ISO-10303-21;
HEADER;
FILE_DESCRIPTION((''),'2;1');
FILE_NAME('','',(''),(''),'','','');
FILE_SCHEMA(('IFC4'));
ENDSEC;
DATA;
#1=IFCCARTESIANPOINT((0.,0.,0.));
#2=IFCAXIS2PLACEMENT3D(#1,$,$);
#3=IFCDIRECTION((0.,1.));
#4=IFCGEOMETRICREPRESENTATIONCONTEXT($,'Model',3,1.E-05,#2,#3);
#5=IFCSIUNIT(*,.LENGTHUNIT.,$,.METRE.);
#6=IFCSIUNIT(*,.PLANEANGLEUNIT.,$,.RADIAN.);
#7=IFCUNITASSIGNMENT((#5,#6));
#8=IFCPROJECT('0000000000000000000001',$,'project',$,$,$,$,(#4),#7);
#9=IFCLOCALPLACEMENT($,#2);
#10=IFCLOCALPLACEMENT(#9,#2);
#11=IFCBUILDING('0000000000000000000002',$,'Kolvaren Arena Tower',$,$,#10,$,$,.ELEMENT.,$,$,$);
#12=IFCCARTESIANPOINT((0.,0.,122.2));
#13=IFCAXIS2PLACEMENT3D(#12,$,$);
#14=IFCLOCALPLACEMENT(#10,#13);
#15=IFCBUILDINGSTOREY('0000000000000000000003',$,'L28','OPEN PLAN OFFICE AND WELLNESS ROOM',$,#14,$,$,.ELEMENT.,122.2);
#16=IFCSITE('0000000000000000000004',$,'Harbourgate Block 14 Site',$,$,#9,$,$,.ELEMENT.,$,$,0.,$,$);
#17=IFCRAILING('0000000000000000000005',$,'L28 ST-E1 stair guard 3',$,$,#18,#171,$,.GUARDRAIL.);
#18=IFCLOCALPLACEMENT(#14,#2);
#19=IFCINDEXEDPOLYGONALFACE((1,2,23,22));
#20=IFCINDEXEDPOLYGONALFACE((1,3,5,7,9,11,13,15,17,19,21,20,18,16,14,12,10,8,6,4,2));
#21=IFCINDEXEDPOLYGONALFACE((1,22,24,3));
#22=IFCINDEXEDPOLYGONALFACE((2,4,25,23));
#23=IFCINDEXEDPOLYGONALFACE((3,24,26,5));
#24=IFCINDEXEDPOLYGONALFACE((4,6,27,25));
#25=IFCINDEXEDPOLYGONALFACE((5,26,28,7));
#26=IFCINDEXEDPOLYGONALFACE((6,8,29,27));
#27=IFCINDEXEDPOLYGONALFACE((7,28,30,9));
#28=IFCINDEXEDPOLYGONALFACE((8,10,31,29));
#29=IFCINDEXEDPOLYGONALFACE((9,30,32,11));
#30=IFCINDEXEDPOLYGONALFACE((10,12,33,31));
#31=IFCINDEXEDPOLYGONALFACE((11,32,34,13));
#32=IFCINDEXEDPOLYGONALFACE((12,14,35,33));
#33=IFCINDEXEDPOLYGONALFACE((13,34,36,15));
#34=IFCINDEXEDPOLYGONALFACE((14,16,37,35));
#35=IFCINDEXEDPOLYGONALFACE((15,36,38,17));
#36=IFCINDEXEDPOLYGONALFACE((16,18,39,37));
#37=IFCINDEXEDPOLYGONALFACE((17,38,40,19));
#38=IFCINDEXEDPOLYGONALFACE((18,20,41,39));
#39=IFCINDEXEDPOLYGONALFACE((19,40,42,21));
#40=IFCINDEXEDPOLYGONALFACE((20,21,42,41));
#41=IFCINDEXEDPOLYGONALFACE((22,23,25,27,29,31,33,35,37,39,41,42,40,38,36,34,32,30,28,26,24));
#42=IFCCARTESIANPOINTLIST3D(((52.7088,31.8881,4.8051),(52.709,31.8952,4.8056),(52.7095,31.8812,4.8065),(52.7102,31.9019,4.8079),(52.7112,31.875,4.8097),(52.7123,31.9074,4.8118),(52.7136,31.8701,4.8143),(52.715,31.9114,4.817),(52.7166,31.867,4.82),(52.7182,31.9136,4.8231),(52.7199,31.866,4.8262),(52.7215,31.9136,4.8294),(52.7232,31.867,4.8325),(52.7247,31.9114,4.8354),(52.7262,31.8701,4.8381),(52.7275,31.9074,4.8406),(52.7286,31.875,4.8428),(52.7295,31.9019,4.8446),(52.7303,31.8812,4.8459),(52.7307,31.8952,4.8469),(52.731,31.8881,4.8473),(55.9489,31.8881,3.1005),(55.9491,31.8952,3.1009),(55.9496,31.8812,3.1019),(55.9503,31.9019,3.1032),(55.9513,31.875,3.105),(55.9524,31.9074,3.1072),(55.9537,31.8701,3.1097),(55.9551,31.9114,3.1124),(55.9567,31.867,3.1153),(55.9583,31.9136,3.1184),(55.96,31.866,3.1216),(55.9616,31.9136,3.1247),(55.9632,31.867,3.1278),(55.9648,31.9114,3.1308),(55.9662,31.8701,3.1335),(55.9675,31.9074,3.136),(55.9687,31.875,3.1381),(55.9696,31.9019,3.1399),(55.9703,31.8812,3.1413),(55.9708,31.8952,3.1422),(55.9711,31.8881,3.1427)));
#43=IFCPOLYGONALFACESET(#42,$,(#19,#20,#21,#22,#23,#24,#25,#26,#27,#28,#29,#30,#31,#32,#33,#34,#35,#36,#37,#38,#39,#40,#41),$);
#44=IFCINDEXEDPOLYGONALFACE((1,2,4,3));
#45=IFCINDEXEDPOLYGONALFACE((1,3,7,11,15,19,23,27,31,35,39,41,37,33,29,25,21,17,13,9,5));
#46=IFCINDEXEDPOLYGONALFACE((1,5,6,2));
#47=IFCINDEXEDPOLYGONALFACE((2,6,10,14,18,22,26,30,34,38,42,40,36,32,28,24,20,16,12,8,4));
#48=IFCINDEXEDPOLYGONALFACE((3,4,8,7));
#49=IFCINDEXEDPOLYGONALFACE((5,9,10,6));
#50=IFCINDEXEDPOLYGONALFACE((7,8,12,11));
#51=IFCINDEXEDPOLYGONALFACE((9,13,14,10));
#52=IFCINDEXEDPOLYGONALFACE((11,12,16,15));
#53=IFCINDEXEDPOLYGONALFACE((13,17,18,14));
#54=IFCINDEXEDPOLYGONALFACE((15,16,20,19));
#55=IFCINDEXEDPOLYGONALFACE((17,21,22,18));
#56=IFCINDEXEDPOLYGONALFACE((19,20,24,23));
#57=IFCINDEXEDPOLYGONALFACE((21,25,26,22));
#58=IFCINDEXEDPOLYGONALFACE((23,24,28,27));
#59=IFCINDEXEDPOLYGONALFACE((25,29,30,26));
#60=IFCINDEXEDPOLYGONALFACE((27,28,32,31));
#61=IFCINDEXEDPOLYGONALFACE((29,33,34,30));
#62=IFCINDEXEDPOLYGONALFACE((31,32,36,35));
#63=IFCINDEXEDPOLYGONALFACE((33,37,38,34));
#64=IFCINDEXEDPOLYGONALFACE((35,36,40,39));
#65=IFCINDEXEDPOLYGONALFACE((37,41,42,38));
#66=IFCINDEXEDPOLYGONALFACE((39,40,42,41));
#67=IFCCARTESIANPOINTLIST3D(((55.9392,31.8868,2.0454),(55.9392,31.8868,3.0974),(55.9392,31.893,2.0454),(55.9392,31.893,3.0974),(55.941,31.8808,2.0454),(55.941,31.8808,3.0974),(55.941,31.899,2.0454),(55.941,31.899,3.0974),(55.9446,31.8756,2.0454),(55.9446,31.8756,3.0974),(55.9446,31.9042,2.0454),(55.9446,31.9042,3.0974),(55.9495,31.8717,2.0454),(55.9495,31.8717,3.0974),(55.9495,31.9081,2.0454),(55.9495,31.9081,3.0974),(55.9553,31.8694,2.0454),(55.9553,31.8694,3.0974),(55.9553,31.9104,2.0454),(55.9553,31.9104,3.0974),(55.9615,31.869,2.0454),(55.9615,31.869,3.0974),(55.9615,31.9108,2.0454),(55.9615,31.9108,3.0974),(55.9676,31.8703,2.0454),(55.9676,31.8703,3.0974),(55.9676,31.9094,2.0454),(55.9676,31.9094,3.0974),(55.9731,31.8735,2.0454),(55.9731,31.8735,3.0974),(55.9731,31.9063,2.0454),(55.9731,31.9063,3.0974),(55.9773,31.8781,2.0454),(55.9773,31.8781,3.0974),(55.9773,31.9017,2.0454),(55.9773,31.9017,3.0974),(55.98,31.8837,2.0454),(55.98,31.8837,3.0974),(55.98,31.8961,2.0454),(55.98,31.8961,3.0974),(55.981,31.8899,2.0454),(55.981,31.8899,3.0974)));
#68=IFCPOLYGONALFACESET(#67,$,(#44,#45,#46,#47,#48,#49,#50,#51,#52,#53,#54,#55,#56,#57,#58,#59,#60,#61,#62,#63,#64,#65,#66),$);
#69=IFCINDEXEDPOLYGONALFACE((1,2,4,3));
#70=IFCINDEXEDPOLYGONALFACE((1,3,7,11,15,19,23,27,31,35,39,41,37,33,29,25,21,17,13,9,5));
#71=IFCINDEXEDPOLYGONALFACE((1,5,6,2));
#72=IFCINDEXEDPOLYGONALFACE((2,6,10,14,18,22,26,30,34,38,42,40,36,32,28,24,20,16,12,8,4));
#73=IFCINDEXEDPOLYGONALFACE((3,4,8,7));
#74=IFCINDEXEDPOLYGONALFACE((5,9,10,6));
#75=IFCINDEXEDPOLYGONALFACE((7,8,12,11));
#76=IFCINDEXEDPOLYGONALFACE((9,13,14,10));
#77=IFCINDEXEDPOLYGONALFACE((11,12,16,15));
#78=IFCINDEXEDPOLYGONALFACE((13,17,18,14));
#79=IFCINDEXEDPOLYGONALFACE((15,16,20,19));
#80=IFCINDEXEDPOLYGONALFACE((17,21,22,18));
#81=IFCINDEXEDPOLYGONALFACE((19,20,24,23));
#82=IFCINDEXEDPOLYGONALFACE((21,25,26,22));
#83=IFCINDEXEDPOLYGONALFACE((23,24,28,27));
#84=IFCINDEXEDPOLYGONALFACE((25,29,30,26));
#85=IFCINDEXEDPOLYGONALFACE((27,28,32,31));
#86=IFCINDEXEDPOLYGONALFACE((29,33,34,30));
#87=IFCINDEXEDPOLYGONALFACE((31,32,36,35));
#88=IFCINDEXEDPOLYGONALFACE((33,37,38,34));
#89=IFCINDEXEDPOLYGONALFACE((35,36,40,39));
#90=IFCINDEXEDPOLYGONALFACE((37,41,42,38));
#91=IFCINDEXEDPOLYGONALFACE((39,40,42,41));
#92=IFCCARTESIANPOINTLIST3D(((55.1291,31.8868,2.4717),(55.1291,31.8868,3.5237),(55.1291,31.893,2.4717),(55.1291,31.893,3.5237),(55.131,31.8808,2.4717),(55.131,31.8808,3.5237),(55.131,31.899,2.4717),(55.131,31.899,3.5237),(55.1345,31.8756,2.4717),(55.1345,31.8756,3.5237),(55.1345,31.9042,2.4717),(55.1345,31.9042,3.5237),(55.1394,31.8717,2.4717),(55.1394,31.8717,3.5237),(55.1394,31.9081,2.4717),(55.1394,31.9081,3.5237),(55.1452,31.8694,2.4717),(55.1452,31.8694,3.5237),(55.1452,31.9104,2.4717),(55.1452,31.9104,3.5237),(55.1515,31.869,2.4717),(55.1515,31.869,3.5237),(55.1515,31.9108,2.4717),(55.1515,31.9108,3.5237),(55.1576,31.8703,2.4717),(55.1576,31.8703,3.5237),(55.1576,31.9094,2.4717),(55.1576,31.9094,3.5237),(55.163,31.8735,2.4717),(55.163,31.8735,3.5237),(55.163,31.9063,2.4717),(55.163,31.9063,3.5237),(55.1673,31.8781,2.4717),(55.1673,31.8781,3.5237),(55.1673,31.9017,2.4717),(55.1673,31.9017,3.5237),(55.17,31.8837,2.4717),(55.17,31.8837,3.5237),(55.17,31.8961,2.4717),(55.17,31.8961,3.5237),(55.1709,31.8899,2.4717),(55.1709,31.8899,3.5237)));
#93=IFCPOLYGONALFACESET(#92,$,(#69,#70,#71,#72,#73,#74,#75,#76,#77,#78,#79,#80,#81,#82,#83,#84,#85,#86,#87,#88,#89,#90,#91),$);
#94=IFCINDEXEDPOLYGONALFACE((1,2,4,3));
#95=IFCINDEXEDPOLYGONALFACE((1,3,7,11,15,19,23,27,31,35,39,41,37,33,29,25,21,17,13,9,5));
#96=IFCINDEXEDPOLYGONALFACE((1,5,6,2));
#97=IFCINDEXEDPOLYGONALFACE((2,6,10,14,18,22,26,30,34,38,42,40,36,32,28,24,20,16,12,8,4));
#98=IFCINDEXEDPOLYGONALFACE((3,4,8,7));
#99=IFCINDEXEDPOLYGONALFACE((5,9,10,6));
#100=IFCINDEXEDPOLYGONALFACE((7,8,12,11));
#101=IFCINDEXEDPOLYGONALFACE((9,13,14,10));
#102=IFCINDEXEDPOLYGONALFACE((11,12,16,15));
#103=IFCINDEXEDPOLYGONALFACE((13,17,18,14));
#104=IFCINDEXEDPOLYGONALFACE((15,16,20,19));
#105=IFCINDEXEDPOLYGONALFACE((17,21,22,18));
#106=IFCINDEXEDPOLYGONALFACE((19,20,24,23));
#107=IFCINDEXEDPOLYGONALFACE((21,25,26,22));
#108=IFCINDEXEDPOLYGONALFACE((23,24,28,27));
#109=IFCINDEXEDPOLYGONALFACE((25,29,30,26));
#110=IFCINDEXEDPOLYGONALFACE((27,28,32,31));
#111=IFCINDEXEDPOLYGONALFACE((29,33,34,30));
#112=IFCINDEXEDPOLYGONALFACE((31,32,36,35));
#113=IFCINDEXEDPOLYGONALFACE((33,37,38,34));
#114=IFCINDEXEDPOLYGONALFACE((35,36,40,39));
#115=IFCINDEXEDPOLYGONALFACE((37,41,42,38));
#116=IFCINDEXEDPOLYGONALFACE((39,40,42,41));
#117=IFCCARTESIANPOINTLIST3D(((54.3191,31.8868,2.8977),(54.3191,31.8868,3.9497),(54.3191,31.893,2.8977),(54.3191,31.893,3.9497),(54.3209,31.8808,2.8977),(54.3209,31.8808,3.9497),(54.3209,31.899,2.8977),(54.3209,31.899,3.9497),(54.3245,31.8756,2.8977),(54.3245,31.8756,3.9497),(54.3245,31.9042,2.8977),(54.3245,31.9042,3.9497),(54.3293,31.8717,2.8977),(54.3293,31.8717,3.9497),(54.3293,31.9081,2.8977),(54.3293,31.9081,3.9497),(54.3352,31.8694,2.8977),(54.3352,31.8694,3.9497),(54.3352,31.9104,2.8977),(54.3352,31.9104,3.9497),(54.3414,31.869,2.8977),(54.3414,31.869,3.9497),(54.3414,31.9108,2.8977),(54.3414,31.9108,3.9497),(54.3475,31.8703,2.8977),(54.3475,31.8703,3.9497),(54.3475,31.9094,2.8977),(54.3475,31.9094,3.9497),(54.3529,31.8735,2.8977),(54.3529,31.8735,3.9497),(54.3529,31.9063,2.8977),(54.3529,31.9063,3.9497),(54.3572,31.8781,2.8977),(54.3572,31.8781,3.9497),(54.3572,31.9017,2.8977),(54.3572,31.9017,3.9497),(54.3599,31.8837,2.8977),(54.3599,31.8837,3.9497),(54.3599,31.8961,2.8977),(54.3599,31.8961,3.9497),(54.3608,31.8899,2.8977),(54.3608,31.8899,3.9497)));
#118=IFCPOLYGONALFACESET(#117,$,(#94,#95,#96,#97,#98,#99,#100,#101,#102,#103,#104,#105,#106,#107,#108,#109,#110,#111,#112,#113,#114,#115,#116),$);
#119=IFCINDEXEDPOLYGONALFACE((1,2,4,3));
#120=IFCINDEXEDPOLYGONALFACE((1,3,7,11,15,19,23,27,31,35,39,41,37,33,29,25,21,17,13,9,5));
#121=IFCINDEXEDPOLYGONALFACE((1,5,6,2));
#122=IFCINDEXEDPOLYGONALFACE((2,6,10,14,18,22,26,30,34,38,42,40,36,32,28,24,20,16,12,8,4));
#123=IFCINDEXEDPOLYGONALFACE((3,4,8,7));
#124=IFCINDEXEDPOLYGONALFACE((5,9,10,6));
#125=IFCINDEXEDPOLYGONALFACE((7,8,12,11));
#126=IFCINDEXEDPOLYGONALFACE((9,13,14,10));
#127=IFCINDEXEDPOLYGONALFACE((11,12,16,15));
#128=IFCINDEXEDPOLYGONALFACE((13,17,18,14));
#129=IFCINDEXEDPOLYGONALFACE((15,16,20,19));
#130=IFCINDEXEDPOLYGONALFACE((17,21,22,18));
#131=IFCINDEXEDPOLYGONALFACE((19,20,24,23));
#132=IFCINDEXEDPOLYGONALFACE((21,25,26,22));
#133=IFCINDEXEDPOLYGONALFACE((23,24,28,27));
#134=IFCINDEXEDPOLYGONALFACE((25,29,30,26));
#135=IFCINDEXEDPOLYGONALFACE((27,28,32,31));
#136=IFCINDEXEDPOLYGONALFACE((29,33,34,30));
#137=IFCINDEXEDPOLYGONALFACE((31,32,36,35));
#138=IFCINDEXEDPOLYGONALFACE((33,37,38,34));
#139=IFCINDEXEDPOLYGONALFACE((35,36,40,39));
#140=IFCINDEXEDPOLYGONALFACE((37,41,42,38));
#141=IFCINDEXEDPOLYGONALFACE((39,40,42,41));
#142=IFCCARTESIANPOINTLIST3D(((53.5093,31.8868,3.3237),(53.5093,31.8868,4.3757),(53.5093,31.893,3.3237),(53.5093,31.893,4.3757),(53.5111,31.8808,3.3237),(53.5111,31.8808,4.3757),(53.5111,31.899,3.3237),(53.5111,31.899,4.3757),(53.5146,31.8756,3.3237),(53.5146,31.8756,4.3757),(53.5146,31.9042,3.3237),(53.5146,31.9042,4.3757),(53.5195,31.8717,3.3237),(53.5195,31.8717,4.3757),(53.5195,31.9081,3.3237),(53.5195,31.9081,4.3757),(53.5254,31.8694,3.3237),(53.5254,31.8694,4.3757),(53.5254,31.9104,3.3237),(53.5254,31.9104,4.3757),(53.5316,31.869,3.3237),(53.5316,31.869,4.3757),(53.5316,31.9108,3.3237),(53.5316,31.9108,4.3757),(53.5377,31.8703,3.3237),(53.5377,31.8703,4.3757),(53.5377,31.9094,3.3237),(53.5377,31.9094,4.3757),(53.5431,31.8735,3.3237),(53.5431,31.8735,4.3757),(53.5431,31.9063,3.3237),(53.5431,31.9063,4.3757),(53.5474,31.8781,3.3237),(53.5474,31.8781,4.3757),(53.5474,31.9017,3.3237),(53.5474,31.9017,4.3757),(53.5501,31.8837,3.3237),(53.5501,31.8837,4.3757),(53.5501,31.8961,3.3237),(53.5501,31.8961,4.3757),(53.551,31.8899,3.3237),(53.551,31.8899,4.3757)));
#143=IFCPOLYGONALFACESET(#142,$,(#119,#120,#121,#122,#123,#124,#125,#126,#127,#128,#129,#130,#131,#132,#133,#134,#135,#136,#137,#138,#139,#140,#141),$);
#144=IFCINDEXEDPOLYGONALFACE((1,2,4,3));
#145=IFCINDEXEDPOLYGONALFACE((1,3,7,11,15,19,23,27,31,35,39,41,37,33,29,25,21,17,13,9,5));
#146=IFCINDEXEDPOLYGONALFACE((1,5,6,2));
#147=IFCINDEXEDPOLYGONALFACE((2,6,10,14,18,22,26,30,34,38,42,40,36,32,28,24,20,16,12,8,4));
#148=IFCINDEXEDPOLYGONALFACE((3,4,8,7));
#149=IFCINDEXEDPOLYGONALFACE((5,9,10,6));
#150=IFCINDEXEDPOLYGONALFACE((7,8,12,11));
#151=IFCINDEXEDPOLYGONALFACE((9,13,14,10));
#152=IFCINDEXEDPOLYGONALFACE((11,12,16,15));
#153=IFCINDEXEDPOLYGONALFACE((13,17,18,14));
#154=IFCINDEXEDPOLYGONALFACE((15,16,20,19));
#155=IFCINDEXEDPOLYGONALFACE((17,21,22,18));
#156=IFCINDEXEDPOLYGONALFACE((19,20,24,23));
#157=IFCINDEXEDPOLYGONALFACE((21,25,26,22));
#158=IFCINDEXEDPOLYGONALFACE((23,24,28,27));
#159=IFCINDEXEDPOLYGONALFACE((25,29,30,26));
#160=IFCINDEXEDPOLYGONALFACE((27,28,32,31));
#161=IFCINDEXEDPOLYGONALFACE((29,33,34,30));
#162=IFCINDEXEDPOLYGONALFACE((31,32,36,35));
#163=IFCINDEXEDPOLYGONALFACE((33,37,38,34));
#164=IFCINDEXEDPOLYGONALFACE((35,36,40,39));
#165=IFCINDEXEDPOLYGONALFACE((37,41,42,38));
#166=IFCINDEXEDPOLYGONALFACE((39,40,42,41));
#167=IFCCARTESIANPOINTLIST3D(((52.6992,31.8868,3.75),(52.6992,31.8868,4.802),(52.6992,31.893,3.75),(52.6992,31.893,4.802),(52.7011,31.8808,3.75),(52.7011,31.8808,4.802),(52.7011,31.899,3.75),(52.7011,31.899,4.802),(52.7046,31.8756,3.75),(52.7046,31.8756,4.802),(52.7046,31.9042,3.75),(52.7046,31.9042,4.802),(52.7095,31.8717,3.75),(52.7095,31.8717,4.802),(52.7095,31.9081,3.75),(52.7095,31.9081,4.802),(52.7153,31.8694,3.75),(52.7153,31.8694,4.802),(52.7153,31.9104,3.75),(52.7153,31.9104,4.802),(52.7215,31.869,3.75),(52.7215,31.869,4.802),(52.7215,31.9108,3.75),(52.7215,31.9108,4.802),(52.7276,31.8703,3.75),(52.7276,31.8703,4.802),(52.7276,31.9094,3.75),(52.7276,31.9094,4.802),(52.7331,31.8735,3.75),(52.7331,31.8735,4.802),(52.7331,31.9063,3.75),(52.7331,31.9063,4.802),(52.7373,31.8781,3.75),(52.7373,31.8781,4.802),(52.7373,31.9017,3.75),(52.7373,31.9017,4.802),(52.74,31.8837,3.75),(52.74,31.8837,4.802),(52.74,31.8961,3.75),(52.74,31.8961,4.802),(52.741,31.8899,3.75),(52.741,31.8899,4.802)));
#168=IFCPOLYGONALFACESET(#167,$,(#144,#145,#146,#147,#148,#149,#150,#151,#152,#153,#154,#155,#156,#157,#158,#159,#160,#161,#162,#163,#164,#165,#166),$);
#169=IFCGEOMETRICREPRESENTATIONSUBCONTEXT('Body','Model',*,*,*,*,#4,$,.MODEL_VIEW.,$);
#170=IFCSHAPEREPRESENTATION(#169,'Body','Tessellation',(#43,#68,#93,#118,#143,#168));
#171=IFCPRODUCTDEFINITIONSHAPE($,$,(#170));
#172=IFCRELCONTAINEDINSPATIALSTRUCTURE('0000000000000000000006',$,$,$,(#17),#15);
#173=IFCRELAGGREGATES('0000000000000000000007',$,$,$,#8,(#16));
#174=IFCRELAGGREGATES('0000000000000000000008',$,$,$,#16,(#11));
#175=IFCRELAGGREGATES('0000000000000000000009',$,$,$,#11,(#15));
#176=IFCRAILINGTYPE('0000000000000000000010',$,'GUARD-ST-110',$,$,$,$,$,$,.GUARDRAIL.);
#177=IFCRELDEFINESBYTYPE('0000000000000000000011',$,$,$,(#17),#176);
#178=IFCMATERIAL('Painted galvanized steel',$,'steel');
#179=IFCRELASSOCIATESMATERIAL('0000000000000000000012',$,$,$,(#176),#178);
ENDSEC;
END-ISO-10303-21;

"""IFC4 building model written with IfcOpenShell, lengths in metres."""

from ifc_helpers import new_model, si_unit, direction, frame, origin, origin_2d, place, context, subcontext, project, spatial, circle, extrude, material, type_object, element, save


model = new_model("IFC4")

# Units and contexts
model_context = context("Model", 3, precision=1e-05, world=origin(), true_north=direction((0.0, 1.0)))
body_context = subcontext(model_context, "Body", "Model", "MODEL_VIEW")
ifc_project = project(units=[si_unit("LENGTHUNIT", "METRE"), si_unit("PLANEANGLEUNIT", "RADIAN")], contexts=[model_context])

# Site, building, storey
site_placement = place(None, origin())
site = spatial("IfcSite", under=ifc_project, at=site_placement, Name="Harbourgate Block 14 Site", CompositionType="ELEMENT", RefElevation=0.0)
building_placement = place(site_placement, origin())
building = spatial("IfcBuilding", under=site, at=building_placement, Name="Kolvaren Arena Tower", CompositionType="ELEMENT")
storey_placement = place(building_placement, frame((0.0, 0.0, 122.2)))
storey = spatial("IfcBuildingStorey", under=building, at=storey_placement, Name="L28", Description="OPEN PLAN OFFICE AND WELLNESS ROOM", CompositionType="ELEMENT", Elevation=122.2)

# Railing
ifc_material_1 = material(Name="Painted galvanized steel", Category="steel")
railing_type_1 = type_object("IfcRailingType", Name="GUARD-ST-110", PredefinedType="GUARDRAIL", material=ifc_material_1)
railing_1_placement = place(storey_placement, frame((55.96, 31.8899, 2.0454)))
element("IfcRailing", 1, at=railing_1_placement, inside=storey, type_object=railing_type_1, Name="L28 ST-E1 stair guard 3", PredefinedType="GUARDRAIL", context=body_context, shape_type="SweptSolid", body=[
    extrude(circle(Radius=0.0239, at=origin_2d()), frame((0.0, 0.0, 1.0762), z_axis=(-0.884993, 0.0, 0.465604), x_axis=(0.0, -1.0, 0.0)), (0.0, 0.0, 1.0), 3.6611),
    extrude(circle(Radius=0.021, at=origin_2d()), origin(), (0.0, 0.0, 1.0), 1.052),
    extrude(circle(Radius=0.021, at=origin_2d()), frame((-0.8101, 0.0, 0.4263)), (0.0, 0.0, 1.0), 1.052),
    extrude(circle(Radius=0.021, at=origin_2d()), frame((-1.6201, 0.0, 0.8523)), (0.0, 0.0, 1.0), 1.052),
    extrude(circle(Radius=0.021, at=origin_2d()), frame((-2.4299, 0.0, 1.2783)), (0.0, 0.0, 1.0), 1.052),
    extrude(circle(Radius=0.021, at=origin_2d()), frame((-3.24, 0.0, 1.7046)), (0.0, 0.0, 1.0), 1.052),
])

save(model, "model.ifc")
